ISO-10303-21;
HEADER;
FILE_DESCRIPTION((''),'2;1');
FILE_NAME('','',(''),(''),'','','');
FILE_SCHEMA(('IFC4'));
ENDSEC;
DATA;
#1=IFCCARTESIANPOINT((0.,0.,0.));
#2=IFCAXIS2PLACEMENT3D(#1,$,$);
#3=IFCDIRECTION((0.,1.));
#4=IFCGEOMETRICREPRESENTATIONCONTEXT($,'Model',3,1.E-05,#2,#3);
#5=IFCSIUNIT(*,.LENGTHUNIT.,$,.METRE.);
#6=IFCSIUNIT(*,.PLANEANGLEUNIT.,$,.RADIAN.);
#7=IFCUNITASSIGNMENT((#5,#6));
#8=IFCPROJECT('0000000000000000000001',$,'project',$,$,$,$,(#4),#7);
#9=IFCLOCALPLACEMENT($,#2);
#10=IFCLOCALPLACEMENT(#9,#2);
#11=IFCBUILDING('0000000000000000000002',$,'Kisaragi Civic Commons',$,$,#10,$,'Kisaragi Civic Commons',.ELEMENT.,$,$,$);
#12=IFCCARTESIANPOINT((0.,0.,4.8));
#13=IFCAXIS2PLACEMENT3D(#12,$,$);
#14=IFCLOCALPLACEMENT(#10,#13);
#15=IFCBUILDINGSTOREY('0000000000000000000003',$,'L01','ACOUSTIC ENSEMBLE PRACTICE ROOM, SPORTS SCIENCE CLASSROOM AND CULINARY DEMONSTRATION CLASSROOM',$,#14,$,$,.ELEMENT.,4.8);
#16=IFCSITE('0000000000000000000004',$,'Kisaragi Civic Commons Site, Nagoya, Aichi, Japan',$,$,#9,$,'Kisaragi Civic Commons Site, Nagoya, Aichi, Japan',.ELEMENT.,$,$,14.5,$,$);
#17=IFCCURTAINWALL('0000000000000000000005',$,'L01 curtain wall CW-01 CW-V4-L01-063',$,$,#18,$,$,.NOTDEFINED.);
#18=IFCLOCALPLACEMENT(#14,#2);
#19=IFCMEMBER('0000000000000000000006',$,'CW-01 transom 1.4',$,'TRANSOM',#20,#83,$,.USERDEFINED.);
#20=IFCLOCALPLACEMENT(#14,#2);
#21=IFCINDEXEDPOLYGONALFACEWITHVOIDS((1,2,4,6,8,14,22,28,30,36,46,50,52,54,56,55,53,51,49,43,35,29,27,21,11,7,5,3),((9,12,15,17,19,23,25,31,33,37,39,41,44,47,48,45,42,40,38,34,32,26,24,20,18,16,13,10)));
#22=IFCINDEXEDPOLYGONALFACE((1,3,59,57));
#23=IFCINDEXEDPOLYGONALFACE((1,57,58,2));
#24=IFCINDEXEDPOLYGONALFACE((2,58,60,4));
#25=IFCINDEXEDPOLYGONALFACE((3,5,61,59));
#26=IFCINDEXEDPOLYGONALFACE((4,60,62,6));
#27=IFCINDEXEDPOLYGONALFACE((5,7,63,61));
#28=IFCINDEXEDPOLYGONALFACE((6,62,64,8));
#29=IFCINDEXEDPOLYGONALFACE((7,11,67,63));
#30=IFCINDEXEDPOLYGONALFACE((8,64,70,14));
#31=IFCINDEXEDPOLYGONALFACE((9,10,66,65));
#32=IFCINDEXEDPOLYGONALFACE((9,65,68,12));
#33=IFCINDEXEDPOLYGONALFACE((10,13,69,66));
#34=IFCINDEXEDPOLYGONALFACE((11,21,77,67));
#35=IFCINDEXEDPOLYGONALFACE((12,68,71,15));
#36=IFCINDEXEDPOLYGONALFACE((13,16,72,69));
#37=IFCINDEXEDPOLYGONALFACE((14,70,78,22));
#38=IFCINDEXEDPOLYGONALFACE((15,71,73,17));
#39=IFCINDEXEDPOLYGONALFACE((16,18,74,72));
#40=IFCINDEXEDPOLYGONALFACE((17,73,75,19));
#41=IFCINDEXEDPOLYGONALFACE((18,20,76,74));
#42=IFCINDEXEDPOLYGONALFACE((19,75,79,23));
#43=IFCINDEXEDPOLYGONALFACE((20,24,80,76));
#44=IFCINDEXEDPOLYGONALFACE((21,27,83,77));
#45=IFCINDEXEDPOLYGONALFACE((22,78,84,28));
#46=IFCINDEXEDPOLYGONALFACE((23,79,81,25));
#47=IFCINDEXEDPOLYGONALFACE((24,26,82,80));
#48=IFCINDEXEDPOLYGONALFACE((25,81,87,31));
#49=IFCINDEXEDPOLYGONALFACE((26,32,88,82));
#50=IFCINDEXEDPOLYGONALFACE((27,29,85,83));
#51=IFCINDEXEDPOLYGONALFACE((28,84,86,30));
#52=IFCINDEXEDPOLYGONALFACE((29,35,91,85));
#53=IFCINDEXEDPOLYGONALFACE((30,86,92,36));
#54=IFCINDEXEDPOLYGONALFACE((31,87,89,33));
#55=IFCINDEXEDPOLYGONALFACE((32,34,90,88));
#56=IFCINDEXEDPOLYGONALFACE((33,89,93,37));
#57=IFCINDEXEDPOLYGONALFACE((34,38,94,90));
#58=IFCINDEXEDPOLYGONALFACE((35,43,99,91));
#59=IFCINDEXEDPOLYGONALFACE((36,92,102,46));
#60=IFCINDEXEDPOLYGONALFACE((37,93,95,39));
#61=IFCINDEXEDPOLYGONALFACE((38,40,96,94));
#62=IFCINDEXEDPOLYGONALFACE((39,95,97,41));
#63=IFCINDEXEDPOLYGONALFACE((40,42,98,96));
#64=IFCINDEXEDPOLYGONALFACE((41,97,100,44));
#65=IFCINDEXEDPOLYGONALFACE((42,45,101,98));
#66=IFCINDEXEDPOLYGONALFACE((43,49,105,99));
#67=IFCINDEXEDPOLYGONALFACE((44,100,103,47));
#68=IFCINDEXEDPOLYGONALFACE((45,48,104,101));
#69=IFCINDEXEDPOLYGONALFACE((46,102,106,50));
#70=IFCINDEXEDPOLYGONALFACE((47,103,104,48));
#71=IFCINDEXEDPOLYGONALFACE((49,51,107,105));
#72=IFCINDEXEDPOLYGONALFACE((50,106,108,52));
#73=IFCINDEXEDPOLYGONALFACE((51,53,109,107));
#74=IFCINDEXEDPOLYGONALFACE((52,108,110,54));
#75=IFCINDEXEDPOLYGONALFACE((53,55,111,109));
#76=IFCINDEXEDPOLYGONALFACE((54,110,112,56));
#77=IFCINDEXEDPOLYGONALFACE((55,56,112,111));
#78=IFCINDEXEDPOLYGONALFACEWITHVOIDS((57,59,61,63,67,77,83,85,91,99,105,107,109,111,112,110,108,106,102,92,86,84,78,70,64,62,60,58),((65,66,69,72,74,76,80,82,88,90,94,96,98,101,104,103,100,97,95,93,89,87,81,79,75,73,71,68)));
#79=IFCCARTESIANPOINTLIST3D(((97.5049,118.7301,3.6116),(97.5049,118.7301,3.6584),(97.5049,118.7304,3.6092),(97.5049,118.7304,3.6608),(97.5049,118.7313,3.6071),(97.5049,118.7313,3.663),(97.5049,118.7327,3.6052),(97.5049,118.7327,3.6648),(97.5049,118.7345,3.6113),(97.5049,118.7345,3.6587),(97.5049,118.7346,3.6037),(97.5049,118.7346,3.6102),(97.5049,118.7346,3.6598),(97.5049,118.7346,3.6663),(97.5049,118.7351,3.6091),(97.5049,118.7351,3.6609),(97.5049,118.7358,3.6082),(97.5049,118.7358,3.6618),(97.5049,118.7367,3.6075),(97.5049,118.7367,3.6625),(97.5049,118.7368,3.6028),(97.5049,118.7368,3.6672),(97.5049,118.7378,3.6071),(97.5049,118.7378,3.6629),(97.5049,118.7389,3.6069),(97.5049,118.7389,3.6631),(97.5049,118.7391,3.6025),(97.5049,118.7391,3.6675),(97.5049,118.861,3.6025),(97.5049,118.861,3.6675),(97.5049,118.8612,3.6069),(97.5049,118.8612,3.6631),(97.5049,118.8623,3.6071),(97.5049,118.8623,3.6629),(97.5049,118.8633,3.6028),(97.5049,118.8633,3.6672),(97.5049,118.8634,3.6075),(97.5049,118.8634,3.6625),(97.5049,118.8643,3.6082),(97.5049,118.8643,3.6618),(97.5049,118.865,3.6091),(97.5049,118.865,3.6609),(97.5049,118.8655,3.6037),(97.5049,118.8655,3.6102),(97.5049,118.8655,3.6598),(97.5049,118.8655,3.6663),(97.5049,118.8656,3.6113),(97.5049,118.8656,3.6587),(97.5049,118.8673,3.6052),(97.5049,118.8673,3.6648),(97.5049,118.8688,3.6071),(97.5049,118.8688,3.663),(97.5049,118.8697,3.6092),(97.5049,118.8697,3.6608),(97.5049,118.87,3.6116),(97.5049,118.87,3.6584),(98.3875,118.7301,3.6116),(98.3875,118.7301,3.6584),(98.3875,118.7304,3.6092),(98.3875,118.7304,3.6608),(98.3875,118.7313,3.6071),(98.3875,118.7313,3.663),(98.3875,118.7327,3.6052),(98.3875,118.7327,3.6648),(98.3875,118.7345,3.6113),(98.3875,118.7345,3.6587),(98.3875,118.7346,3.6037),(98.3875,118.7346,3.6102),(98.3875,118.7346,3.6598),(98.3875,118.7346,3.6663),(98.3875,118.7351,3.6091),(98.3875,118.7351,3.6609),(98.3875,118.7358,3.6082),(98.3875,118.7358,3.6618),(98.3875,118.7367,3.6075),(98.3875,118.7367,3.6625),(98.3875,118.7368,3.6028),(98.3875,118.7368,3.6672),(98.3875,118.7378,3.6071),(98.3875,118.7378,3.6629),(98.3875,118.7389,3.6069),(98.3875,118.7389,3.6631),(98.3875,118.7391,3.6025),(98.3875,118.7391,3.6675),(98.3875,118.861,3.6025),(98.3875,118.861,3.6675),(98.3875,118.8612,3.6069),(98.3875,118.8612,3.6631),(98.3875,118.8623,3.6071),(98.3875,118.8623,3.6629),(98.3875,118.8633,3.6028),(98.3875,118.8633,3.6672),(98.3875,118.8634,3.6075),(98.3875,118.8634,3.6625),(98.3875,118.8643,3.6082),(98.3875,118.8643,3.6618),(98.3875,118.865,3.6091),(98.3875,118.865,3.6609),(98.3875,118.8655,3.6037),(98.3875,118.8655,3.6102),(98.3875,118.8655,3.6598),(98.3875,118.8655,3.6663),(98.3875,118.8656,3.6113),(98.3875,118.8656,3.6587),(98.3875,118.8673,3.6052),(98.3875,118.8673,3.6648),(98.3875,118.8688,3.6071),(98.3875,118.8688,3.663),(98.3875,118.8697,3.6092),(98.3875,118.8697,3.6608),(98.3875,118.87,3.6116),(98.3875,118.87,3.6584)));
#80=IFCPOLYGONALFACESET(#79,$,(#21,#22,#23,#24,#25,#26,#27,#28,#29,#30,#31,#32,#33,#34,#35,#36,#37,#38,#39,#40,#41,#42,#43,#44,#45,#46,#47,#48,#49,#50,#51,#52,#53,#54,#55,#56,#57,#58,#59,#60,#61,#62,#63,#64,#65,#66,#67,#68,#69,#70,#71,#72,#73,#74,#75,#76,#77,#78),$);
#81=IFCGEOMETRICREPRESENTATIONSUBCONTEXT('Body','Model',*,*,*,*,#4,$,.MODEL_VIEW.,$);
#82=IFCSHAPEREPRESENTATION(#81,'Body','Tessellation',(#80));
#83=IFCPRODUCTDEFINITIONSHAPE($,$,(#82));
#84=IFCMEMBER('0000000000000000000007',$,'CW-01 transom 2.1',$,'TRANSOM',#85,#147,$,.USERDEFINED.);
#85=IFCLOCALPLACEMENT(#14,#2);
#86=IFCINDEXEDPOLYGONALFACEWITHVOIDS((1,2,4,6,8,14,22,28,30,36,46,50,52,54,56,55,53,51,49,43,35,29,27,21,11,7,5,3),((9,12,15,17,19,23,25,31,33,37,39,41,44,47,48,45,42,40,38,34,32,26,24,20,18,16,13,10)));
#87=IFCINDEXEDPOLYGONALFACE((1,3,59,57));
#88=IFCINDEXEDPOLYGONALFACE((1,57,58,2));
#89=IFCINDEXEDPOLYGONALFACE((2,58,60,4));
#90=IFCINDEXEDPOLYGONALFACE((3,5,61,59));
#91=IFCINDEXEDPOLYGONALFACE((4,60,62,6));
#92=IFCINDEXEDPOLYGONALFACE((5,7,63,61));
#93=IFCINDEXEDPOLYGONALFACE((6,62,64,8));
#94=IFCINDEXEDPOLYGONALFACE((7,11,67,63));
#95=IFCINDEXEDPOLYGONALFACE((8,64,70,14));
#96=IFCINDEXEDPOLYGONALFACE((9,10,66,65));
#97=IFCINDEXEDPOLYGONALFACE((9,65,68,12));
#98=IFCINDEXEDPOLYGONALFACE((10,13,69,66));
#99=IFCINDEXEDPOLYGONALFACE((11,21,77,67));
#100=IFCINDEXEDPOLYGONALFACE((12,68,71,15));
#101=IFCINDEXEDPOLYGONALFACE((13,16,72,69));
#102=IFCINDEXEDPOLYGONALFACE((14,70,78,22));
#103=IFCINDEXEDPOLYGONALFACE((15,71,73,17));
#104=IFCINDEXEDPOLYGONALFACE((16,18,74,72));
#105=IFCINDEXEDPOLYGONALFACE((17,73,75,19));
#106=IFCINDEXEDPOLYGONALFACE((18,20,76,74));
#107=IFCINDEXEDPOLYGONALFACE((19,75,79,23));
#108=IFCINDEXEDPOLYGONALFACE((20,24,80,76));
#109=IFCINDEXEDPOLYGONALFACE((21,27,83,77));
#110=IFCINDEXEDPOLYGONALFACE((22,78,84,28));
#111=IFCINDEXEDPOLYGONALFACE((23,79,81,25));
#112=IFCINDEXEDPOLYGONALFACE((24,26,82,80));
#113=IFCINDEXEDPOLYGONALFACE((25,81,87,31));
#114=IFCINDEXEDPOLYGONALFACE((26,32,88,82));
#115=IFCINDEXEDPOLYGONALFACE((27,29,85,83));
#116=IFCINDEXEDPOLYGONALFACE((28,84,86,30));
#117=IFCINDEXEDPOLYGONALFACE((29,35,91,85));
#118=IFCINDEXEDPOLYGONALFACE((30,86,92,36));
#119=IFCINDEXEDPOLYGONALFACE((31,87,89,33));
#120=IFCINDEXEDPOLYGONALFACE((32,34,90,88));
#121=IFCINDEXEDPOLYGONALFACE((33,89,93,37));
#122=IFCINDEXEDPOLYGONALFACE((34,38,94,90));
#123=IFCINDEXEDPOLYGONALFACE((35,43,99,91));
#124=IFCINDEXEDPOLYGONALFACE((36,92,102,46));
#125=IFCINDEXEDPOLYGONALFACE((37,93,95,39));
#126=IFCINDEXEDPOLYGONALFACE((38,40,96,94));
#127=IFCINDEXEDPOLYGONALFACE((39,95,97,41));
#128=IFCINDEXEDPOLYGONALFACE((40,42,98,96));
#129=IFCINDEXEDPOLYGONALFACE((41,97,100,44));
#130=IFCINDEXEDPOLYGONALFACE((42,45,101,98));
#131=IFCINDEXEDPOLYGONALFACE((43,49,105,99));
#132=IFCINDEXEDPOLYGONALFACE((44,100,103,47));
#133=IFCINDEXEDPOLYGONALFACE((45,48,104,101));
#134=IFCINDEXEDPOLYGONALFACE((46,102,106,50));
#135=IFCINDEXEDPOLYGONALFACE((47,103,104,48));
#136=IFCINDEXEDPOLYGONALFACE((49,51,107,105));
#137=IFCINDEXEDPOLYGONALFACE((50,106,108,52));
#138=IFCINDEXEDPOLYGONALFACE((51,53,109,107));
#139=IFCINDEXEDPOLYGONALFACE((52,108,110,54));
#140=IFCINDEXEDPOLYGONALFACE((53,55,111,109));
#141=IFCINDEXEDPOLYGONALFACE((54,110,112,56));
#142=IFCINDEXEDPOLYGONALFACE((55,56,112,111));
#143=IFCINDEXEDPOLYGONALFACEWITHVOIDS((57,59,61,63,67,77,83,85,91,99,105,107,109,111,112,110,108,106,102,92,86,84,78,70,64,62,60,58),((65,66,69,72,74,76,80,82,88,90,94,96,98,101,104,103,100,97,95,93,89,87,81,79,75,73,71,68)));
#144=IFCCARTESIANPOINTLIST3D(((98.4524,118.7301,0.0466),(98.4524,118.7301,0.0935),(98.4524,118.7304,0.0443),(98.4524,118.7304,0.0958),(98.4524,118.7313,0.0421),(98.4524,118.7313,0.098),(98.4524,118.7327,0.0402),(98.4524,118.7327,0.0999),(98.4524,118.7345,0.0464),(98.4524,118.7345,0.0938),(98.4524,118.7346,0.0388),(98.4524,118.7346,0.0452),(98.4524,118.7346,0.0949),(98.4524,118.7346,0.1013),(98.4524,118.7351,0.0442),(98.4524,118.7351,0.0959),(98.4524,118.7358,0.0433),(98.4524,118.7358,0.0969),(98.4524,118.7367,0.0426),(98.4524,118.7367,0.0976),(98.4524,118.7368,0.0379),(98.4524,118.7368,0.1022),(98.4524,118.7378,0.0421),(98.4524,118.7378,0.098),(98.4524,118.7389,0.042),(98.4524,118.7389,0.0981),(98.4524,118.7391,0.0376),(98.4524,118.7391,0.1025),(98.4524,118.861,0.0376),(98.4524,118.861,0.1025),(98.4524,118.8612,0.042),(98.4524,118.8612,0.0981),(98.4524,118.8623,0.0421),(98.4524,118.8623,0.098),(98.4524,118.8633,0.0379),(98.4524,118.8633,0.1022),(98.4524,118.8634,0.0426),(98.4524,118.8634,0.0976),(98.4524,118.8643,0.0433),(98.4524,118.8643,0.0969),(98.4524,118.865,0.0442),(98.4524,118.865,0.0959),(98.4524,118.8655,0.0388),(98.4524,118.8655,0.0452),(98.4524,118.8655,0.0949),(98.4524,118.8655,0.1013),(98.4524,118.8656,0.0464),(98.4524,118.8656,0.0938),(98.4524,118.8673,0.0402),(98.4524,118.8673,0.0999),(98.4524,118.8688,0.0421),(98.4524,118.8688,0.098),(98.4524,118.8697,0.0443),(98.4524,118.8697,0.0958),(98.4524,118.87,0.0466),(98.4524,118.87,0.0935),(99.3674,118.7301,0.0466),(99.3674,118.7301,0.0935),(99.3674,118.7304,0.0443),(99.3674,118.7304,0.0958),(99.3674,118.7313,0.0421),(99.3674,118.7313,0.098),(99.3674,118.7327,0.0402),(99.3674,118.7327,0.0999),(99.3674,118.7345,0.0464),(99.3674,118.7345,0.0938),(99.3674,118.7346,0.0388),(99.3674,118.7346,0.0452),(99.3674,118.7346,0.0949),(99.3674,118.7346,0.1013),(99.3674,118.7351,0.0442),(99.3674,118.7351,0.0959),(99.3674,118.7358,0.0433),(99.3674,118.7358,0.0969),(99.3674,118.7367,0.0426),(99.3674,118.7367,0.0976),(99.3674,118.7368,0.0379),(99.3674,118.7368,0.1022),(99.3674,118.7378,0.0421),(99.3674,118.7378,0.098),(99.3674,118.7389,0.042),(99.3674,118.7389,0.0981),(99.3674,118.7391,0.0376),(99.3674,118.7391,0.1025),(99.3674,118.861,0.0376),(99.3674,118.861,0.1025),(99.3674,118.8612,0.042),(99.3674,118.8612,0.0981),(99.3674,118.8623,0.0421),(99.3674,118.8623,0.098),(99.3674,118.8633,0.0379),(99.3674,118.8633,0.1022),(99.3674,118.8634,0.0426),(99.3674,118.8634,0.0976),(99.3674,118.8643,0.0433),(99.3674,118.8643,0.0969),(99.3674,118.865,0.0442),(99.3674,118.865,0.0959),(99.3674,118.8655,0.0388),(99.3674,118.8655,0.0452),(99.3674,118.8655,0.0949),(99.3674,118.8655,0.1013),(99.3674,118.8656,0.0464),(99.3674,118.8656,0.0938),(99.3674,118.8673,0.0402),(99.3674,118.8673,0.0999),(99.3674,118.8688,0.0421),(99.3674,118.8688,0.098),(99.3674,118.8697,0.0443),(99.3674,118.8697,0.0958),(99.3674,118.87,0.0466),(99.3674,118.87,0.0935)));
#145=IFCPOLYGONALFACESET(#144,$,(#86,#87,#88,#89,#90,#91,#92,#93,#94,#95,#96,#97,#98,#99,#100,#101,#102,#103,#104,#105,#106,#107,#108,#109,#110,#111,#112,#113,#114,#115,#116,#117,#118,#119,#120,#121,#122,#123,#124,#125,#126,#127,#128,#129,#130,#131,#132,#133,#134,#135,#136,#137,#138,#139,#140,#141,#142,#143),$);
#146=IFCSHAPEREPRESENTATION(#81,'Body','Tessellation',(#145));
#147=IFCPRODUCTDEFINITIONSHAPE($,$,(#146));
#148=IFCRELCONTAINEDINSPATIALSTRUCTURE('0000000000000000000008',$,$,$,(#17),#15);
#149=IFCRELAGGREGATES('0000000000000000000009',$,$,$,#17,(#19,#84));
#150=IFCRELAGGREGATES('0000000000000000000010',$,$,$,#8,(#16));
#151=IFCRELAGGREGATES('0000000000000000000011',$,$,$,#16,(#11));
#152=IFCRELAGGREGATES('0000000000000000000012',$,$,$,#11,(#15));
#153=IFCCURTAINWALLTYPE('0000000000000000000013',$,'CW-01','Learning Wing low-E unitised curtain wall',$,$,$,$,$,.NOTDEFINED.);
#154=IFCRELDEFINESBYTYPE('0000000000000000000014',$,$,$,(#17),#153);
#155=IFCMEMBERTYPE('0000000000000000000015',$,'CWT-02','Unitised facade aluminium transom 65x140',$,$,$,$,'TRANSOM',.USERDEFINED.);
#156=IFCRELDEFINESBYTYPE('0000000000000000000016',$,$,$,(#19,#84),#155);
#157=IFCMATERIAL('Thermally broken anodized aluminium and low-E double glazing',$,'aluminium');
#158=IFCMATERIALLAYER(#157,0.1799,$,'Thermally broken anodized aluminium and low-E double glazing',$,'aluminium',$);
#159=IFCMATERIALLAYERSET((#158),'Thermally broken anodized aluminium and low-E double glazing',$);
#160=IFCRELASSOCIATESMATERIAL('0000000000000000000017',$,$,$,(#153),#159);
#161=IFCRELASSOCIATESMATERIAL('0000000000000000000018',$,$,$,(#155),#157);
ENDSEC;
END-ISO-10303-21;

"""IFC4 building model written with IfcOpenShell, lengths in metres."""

from ifc_helpers import new_model, si_unit, direction, frame, origin, origin_2d, place, context, subcontext, project, spatial, hollow_rectangle, extrude, material, layer, layer_set, material_profile, profile_set, type_object, element, aggregate, save


model = new_model("IFC4")

# Units and contexts
model_context = context("Model", 3, precision=1e-05, world=origin(), true_north=direction((0.0, 1.0)))
body_context = subcontext(model_context, "Body", "Model", "MODEL_VIEW")
ifc_project = project(units=[si_unit("LENGTHUNIT", "METRE"), si_unit("PLANEANGLEUNIT", "RADIAN")], contexts=[model_context])

# Site, building, storey
site_placement = place(None, origin())
site = spatial("IfcSite", under=ifc_project, at=site_placement, Name="Kisaragi Civic Commons Site, Nagoya, Aichi, Japan", LongName="Kisaragi Civic Commons Site, Nagoya, Aichi, Japan", CompositionType="ELEMENT", RefElevation=14.5)
building_placement = place(site_placement, origin())
building = spatial("IfcBuilding", under=site, at=building_placement, Name="Kisaragi Civic Commons", LongName="Kisaragi Civic Commons", CompositionType="ELEMENT")
storey_placement = place(building_placement, frame((0.0, 0.0, 4.8)))
storey = spatial("IfcBuildingStorey", under=building, at=storey_placement, Name="L01", Description="ACOUSTIC ENSEMBLE PRACTICE ROOM, SPORTS SCIENCE CLASSROOM AND CULINARY DEMONSTRATION CLASSROOM", CompositionType="ELEMENT", Elevation=4.8)

# Curtain wall, members
ifc_material = material(Name="Thermally broken anodized aluminium and low-E double glazing", Category="aluminium")
ifc_layer_1 = layer(ifc_material, 0.1799, Name="Thermally broken anodized aluminium and low-E double glazing", Category="aluminium")
ifc_layer_set_1 = layer_set([ifc_layer_1], Name="Thermally broken anodized aluminium and low-E double glazing")
curtain_wall_type = type_object("IfcCurtainWallType", Name="CW-01", Description="Learning Wing low-E unitised curtain wall", PredefinedType="NOTDEFINED", material=ifc_layer_set_1)
curtain_wall_placement = place(storey_placement, origin())
curtain_wall = element("IfcCurtainWall", 1, at=curtain_wall_placement, inside=storey, type_object=curtain_wall_type, Name="L01 curtain wall CW-01 CW-V4-L01-063", PredefinedType="NOTDEFINED")
ifc_material_profile_1 = material_profile(ifc_material, hollow_rectangle(XDim=0.1399, YDim=0.0649, WallThickness=0.0044, InnerFilletRadius=0.0044, OuterFilletRadius=0.009, at=origin_2d()), Name="CWT-65x140x4.5", Category="aluminium")
ifc_profile_set_1 = profile_set([ifc_material_profile_1], Name="Thermally broken anodized aluminium and low-E double glazing")
member_type_1 = type_object("IfcMemberType", Name="CWT-02", Description="Unitised facade aluminium transom 65x140", ElementType="TRANSOM", PredefinedType="USERDEFINED", material=ifc_profile_set_1)
member_1_placement = place(storey_placement, frame((97.5049, 118.8, 3.635), z_axis=(1.0, 0.0, 0.0), x_axis=(0.0, 1.0, 0.0)))
member_1 = element("IfcMember", 2, at=member_1_placement, type_object=member_type_1, Name="CW-01 transom 1.4", ObjectType="TRANSOM", PredefinedType="USERDEFINED", context=body_context, shape_type="SweptSolid", body=[
    extrude(hollow_rectangle(XDim=0.1399, YDim=0.0649, WallThickness=0.0044, InnerFilletRadius=0.0044, OuterFilletRadius=0.009, at=origin_2d()), origin(), (0.0, 0.0, 1.0), 0.8826),
])
member_2_placement = place(storey_placement, frame((98.4524, 118.8, 0.0701), z_axis=(1.0, 0.0, 0.0), x_axis=(0.0, 1.0, 0.0)))
member_2 = element("IfcMember", 3, at=member_2_placement, type_object=member_type_1, Name="CW-01 transom 2.1", ObjectType="TRANSOM", PredefinedType="USERDEFINED", context=body_context, shape_type="SweptSolid", body=[
    extrude(hollow_rectangle(XDim=0.1399, YDim=0.0649, WallThickness=0.0044, InnerFilletRadius=0.0044, OuterFilletRadius=0.009, at=origin_2d()), origin(), (0.0, 0.0, 1.0), 0.915),
])
aggregate(curtain_wall, [member_1, member_2])

save(model, "model.ifc")
